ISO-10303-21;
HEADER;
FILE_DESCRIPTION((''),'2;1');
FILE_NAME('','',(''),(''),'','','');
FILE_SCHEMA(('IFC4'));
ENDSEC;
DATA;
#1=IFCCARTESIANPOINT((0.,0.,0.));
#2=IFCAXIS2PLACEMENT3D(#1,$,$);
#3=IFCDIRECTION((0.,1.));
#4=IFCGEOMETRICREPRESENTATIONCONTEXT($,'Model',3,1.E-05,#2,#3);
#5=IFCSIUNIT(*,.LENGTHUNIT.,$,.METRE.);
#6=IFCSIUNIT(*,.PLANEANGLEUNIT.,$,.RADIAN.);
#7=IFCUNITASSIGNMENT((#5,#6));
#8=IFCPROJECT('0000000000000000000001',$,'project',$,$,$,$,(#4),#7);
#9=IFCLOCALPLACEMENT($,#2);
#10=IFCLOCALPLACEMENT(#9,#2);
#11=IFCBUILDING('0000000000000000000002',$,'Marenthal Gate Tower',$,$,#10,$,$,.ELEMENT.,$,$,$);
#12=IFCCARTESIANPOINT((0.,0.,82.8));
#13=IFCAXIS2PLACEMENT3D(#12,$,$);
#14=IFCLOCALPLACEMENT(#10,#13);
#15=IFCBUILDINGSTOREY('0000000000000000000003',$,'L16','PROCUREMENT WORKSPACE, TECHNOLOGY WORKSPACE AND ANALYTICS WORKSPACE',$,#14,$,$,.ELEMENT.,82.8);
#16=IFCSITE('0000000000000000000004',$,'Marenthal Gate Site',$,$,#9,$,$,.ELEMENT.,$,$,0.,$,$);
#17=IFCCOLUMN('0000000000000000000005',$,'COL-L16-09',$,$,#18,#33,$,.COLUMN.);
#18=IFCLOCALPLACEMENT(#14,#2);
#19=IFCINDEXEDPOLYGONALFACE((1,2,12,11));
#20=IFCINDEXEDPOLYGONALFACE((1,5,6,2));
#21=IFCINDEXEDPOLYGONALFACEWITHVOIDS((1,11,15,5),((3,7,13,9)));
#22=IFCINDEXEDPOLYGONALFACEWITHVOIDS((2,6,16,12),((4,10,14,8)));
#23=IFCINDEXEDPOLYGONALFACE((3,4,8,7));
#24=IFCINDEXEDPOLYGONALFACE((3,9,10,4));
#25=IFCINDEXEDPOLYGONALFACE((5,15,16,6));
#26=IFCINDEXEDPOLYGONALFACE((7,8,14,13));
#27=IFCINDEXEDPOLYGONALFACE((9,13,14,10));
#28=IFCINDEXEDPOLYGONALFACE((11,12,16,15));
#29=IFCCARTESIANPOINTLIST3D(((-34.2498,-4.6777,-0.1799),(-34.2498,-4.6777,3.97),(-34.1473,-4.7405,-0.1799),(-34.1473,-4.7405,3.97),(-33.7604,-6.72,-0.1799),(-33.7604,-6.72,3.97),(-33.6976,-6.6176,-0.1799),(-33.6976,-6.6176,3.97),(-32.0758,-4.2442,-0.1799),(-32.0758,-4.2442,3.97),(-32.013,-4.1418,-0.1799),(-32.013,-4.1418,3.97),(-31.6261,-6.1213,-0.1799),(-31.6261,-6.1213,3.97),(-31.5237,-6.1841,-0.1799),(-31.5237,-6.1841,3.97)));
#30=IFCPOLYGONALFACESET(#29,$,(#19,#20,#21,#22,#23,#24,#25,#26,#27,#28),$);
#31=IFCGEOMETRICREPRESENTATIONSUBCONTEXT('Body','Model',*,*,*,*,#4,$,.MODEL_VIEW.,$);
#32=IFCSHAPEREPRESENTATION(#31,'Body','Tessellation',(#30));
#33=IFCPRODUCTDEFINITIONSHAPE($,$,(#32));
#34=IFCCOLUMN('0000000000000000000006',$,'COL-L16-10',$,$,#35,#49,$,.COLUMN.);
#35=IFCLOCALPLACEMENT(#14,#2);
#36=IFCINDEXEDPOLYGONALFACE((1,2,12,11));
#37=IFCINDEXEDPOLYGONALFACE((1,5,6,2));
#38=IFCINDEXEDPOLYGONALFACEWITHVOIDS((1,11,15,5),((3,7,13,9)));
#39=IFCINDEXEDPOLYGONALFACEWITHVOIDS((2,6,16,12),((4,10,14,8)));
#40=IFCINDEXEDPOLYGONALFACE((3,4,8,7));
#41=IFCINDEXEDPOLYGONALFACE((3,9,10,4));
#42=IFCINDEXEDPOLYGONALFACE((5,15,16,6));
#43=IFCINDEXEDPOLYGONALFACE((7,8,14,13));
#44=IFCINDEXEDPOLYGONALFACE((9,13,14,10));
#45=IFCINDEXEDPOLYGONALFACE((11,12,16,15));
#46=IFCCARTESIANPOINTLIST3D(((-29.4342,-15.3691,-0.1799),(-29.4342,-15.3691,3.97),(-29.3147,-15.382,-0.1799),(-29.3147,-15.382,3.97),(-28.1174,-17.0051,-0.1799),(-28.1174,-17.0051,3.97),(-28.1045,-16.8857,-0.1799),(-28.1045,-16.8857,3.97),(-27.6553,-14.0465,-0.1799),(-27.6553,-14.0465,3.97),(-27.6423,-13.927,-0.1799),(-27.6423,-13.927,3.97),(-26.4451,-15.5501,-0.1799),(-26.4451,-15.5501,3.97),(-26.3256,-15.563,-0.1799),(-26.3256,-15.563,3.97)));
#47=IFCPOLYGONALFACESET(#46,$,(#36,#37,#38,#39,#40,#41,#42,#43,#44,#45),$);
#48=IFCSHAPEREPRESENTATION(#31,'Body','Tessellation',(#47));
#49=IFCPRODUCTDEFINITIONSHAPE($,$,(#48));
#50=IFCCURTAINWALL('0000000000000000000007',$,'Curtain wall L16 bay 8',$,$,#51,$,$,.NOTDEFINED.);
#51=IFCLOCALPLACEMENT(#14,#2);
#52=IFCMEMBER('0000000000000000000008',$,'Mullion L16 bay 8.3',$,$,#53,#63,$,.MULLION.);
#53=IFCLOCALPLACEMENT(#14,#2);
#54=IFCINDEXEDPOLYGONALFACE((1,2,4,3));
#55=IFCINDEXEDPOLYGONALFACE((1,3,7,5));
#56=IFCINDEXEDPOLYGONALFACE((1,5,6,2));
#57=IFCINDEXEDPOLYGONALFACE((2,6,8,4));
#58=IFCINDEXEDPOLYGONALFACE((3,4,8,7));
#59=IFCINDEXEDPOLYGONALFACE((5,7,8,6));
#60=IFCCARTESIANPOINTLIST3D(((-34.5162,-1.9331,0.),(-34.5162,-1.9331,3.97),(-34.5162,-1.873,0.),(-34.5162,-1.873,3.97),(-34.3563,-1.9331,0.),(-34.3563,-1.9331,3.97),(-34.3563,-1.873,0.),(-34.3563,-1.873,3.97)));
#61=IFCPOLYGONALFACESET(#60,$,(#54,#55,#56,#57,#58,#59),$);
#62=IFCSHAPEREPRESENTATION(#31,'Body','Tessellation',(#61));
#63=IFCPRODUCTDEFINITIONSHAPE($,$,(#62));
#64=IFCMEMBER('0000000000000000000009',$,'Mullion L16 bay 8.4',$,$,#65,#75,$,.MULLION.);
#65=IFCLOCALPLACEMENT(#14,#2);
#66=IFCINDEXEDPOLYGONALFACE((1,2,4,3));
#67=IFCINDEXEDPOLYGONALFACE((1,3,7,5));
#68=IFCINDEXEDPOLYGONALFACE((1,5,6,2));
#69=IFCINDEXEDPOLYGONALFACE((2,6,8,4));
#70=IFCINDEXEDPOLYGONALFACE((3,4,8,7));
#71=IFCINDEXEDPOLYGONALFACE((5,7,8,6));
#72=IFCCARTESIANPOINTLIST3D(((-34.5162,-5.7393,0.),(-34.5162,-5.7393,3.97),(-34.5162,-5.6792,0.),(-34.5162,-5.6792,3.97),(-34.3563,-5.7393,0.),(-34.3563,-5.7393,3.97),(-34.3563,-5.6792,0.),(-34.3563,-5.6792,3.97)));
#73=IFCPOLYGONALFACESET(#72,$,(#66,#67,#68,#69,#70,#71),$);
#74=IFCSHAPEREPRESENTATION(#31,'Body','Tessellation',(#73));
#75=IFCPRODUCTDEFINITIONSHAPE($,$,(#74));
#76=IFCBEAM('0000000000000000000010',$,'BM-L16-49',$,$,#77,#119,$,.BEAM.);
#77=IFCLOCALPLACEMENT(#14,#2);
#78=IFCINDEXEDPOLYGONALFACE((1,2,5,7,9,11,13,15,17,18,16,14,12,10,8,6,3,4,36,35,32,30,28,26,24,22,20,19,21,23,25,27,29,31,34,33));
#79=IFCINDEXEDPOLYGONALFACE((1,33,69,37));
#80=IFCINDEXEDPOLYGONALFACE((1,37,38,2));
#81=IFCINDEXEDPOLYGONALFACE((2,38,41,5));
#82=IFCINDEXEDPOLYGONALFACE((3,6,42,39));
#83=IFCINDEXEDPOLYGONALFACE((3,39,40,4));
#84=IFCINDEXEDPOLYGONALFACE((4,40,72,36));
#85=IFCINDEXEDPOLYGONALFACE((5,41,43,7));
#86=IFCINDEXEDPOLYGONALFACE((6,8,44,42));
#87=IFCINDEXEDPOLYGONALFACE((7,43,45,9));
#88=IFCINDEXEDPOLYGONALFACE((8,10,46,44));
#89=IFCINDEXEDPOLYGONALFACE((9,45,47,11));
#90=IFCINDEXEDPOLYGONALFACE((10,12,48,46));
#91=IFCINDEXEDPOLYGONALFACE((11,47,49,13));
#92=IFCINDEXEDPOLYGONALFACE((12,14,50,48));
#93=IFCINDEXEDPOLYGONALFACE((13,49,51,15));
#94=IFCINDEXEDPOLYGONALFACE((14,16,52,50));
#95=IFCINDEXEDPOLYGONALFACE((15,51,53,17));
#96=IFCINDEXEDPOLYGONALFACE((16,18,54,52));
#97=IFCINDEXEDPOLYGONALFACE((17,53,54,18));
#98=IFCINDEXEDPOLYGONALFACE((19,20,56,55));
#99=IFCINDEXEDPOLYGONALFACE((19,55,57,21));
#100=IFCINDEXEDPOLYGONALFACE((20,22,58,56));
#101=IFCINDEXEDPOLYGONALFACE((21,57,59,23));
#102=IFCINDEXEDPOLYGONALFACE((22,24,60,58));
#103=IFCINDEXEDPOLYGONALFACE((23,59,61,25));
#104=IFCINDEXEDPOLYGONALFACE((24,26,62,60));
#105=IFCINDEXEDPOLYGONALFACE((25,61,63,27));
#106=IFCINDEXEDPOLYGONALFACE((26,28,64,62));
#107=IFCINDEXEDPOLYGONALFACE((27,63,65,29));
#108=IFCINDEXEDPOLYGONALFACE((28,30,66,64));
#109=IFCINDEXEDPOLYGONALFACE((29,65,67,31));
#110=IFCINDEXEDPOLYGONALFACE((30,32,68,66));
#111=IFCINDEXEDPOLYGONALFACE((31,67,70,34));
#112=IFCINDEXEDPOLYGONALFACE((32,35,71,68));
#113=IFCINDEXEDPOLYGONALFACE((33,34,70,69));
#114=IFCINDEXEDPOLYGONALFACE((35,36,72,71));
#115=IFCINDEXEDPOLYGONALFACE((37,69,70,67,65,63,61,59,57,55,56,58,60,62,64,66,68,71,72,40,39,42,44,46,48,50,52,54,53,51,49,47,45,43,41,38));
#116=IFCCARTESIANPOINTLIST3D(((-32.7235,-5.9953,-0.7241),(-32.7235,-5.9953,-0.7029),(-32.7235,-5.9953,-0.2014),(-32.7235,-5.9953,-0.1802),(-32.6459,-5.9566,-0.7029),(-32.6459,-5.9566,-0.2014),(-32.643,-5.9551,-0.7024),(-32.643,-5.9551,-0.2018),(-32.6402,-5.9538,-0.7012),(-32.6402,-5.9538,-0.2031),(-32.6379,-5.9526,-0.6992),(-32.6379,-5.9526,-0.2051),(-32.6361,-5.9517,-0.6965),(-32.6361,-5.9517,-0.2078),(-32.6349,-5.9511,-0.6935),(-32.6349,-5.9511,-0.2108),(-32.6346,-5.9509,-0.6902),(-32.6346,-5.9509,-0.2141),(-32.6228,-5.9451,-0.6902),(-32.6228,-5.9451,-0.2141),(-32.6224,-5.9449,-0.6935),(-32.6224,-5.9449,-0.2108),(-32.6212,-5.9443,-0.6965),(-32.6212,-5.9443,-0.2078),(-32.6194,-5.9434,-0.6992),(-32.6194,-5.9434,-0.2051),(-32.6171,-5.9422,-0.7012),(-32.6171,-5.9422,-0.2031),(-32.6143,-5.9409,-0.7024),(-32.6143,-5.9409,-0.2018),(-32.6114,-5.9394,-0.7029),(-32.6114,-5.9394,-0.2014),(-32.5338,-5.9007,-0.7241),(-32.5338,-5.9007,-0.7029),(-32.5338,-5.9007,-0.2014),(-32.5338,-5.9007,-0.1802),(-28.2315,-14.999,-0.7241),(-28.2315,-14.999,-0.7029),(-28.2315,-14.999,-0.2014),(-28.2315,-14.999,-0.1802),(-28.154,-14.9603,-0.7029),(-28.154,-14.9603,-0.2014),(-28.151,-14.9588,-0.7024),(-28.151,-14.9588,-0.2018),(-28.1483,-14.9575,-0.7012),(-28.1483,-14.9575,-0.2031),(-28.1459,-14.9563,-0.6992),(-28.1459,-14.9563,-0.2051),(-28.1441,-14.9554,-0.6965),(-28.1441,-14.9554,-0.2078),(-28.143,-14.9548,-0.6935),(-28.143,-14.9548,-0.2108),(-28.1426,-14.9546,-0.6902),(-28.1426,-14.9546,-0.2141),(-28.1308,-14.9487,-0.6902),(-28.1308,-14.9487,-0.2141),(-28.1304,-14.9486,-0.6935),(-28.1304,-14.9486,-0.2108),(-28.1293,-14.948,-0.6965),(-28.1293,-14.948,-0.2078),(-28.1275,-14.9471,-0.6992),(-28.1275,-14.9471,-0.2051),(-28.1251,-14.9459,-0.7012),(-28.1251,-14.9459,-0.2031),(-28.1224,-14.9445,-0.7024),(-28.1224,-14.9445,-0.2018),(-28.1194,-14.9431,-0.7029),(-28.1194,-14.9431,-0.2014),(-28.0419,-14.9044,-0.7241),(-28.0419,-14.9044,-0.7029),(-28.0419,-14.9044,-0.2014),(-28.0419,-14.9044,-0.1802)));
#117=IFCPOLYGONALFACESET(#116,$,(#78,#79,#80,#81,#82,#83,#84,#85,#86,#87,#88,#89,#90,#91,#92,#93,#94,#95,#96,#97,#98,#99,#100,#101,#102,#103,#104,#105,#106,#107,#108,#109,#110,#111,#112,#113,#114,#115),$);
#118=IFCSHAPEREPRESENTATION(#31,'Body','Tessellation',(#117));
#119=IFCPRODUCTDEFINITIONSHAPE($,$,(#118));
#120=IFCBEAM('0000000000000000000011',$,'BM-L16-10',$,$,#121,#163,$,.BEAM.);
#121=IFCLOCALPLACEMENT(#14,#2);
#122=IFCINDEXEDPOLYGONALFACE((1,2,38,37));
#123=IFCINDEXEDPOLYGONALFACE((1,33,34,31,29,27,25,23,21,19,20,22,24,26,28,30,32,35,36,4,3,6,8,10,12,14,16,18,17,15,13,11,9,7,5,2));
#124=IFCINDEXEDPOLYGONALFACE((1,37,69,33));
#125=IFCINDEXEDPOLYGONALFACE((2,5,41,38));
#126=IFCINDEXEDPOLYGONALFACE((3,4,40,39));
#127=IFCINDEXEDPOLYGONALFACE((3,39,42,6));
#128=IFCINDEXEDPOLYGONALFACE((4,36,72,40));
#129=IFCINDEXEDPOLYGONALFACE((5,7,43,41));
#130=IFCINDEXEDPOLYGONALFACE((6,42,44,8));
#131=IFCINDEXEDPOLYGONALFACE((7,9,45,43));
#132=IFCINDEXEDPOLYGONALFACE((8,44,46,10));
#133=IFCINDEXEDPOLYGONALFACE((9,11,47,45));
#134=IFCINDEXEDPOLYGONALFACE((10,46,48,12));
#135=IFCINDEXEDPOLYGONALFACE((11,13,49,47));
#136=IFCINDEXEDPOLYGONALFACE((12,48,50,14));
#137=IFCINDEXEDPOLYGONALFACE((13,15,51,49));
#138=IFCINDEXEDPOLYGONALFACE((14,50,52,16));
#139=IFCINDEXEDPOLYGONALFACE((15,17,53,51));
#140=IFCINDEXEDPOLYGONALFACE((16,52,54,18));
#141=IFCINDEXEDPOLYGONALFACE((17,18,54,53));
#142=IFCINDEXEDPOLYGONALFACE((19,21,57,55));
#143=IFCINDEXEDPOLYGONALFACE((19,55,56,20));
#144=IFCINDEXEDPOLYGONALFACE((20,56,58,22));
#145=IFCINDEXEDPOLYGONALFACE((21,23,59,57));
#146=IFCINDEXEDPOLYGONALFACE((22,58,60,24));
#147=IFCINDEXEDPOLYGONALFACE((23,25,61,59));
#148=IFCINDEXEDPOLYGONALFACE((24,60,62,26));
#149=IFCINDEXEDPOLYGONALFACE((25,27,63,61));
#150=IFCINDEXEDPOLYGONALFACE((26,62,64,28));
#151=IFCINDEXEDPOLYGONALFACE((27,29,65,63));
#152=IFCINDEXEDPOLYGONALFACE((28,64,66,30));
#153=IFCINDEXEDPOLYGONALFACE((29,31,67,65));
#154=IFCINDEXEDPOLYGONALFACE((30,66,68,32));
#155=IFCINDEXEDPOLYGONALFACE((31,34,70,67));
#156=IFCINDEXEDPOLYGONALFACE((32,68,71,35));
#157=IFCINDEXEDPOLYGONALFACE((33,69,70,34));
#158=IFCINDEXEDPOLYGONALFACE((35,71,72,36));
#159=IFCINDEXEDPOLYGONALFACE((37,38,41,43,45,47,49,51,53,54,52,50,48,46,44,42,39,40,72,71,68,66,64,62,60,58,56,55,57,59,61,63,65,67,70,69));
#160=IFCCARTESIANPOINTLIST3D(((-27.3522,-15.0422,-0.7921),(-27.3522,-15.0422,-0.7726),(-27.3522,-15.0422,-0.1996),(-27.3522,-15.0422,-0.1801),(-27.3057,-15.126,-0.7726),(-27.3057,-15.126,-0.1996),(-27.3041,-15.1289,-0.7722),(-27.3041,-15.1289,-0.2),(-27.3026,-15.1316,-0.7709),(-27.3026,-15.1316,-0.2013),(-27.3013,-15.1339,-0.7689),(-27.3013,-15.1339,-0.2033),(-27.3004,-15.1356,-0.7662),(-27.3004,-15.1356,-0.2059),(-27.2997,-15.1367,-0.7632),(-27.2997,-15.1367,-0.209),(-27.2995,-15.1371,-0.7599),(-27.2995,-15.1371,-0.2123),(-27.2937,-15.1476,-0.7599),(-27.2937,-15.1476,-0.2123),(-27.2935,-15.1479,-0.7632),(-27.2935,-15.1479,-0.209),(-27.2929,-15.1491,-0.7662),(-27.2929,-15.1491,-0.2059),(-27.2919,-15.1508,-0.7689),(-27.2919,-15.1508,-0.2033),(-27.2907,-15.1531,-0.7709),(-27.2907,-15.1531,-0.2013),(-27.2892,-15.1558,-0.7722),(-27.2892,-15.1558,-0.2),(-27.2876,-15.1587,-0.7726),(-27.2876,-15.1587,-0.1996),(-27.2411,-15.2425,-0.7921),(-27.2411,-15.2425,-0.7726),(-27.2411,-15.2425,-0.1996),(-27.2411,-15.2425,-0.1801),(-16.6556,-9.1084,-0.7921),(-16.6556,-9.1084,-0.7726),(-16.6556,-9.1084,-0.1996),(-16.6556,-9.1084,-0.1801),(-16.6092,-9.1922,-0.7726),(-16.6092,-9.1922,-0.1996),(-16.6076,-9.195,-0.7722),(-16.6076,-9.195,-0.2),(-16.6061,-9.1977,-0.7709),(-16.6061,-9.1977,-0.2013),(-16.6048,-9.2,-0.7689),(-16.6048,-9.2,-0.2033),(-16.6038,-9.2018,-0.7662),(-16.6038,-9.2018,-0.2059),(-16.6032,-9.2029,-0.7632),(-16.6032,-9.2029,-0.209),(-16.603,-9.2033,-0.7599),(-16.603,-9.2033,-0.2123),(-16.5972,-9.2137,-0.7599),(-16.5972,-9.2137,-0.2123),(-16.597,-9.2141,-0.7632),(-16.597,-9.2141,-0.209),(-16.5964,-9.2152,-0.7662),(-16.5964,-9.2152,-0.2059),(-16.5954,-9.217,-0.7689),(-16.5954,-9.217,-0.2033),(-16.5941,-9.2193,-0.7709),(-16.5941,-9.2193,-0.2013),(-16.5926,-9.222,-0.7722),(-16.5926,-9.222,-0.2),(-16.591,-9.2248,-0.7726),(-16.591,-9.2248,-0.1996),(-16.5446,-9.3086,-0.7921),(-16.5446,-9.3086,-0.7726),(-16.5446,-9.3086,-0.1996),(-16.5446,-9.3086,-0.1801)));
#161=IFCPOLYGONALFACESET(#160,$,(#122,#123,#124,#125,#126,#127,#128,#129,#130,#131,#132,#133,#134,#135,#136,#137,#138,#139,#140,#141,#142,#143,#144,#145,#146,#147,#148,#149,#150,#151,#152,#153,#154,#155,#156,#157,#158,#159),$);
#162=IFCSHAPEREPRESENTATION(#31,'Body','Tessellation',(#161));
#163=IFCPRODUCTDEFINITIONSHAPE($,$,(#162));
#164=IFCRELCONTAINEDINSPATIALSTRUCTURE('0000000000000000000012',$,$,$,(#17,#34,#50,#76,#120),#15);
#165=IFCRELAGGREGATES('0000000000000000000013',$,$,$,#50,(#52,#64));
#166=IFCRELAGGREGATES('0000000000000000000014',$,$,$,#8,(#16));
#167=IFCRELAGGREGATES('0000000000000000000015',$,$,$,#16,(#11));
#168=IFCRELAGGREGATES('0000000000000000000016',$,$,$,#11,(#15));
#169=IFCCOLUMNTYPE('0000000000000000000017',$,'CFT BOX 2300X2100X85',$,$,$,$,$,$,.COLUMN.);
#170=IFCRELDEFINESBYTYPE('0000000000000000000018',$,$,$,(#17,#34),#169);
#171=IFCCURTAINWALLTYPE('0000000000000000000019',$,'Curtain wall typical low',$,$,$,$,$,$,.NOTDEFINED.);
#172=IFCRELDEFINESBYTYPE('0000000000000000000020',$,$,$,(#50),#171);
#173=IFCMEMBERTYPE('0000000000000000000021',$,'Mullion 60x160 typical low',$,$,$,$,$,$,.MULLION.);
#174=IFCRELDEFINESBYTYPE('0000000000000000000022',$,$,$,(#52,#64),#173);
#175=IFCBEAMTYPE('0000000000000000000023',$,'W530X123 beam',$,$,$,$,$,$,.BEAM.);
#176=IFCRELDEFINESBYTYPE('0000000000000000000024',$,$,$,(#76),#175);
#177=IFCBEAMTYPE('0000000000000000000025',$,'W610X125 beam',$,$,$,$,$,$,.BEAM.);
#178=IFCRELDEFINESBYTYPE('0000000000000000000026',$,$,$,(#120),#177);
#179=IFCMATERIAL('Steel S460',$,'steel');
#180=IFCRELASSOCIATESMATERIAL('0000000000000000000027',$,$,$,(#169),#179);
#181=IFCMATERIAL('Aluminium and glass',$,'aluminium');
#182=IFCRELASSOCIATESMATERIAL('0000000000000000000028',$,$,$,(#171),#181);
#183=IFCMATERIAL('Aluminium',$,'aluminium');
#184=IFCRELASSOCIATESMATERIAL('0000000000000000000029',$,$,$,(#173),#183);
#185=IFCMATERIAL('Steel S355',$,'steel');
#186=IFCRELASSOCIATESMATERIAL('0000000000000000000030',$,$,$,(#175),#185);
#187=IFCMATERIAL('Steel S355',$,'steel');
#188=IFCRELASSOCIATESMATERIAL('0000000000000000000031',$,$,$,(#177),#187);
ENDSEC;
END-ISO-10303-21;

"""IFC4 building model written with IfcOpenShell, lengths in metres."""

from ifc_helpers import new_model, si_unit, direction, frame, origin, origin_2d, place, context, subcontext, project, spatial, rectangle, hollow_rectangle, i_section, extrude, material, material_profile, profile_set, type_object, element, aggregate, save


model = new_model("IFC4")

# Units and contexts
model_context = context("Model", 3, precision=1e-05, world=origin(), true_north=direction((0.0, 1.0)))
body_context = subcontext(model_context, "Body", "Model", "MODEL_VIEW")
ifc_project = project(units=[si_unit("LENGTHUNIT", "METRE"), si_unit("PLANEANGLEUNIT", "RADIAN")], contexts=[model_context])

# Site, building, storey
site_placement = place(None, origin())
site = spatial("IfcSite", under=ifc_project, at=site_placement, Name="Marenthal Gate Site", CompositionType="ELEMENT", RefElevation=0.0)
building_placement = place(site_placement, origin())
building = spatial("IfcBuilding", under=site, at=building_placement, Name="Marenthal Gate Tower", CompositionType="ELEMENT")
storey_placement = place(building_placement, frame((0.0, 0.0, 82.8)))
storey = spatial("IfcBuildingStorey", under=building, at=storey_placement, Name="L16", Description="PROCUREMENT WORKSPACE, TECHNOLOGY WORKSPACE AND ANALYTICS WORKSPACE", CompositionType="ELEMENT", Elevation=82.8)

# Columns
ifc_material_1 = material(Name="Steel S460", Category="steel")
ifc_material_profile_1 = material_profile(ifc_material_1, hollow_rectangle(XDim=2.1001, YDim=2.3, WallThickness=0.085, at=origin_2d()), Name="CFT BOX 2300X2100X85")
ifc_material_2 = material(Name="Concrete 70 MPa", Category="concrete")
ifc_material_profile_2 = material_profile(ifc_material_2, rectangle(XDim=1.9299, YDim=2.1299, at=origin_2d()), Name="CFT BOX 2300X2100X85 INFILL")
ifc_profile_set_1 = profile_set([ifc_material_profile_1, ifc_material_profile_2], Name="Steel S460 shell, Concrete 70 MPa infill")
column_type = type_object("IfcColumnType", Name="CFT BOX 2300X2100X85", PredefinedType="COLUMN", material=ifc_profile_set_1)
for number, where, z_axis, x_axis, name in (
    (1, (-32.8867, -5.4309, -0.1799), (0.0, 0.0, 1.0), (-0.232997, 0.972477, 0.0), "COL-L16-09"),
    (2, (-27.8799, -15.4661, -0.1799), (0.0, 0.0, 1.0), (-0.626985, 0.779032, 0.0), "COL-L16-10"),
):
    element("IfcColumn", number, at=place(storey_placement, frame(where, z_axis=z_axis, x_axis=x_axis)), inside=storey, type_object=column_type, Name=name, PredefinedType="COLUMN", context=body_context, shape_type="SweptSolid", body=[
        extrude(hollow_rectangle(XDim=2.1001, YDim=2.3, WallThickness=0.085, at=origin_2d()), origin(), (0.0, 0.0, 1.0), 4.1499),
    ])

# Curtain wall, members
ifc_material_3 = material(Name="Aluminium and glass", Category="aluminium")
curtain_wall_type = type_object("IfcCurtainWallType", Name="Curtain wall typical low", PredefinedType="NOTDEFINED", material=ifc_material_3)
curtain_wall_placement = place(storey_placement, origin())
curtain_wall = element("IfcCurtainWall", 3, at=curtain_wall_placement, inside=storey, type_object=curtain_wall_type, Name="Curtain wall L16 bay 8", PredefinedType="NOTDEFINED")
ifc_material_4 = material(Name="Aluminium", Category="aluminium")
ifc_material_profile_3 = material_profile(ifc_material_4, rectangle(XDim=0.1599, YDim=0.0601, at=origin_2d()), Name="60x160 aluminium mullion")
ifc_profile_set_2 = profile_set([ifc_material_profile_3], Name="Aluminium")
member_type = type_object("IfcMemberType", Name="Mullion 60x160 typical low", PredefinedType="MULLION", material=ifc_profile_set_2)
member_1_placement = place(storey_placement, frame((-34.4363, -1.9031, 0.0), z_axis=(0.0, 0.0, 1.0), x_axis=(1.0, 0.0, 0.0)))
member_1 = element("IfcMember", 4, at=member_1_placement, type_object=member_type, Name="Mullion L16 bay 8.3", PredefinedType="MULLION", context=body_context, shape_type="SweptSolid", body=[
    extrude(rectangle(XDim=0.1599, YDim=0.0601, at=origin_2d()), origin(), (0.0, 0.0, 1.0), 3.97),
])
member_2_placement = place(storey_placement, frame((-34.4363, -5.7092, 0.0), z_axis=(0.0, 0.0, 1.0), x_axis=(1.0, 0.0, 0.0)))
member_2 = element("IfcMember", 5, at=member_2_placement, type_object=member_type, Name="Mullion L16 bay 8.4", PredefinedType="MULLION", context=body_context, shape_type="SweptSolid", body=[
    extrude(rectangle(XDim=0.1599, YDim=0.0601, at=origin_2d()), origin(), (0.0, 0.0, 1.0), 3.97),
])

# Beams
ifc_material_5 = material(Name="Steel S355", Category="steel")
ifc_material_profile_4 = material_profile(ifc_material_5, i_section(OverallWidth=0.2119, OverallDepth=0.5439, WebThickness=0.0132, FlangeThickness=0.0212, FilletRadius=0.0127, at=origin_2d()), Name="W530X123")
ifc_profile_set_3 = profile_set([ifc_material_profile_4], Name="Steel S355")
beam_type_1 = type_object("IfcBeamType", Name="W530X123 beam", PredefinedType="BEAM", material=ifc_profile_set_3)
beam_1_placement = place(storey_placement, frame((-32.6287, -5.948, -0.4521), z_axis=(0.446427, -0.89482, 0.0), x_axis=(0.89482, 0.446427, 0.0)))
element("IfcBeam", 6, at=beam_1_placement, inside=storey, type_object=beam_type_1, Name="BM-L16-49", PredefinedType="BEAM", context=body_context, shape_type="SweptSolid", body=[
    extrude(i_section(OverallWidth=0.2119, OverallDepth=0.5439, WebThickness=0.0132, FlangeThickness=0.0212, FilletRadius=0.0127, at=origin_2d()), origin(), (0.0, 0.0, 1.0), 10.062),
])
ifc_material_6 = material(Name="Steel S355", Category="steel")
ifc_material_profile_5 = material_profile(ifc_material_6, i_section(OverallWidth=0.229, OverallDepth=0.6121, WebThickness=0.012, FlangeThickness=0.0195, FilletRadius=0.0127, at=origin_2d()), Name="W610X125")
ifc_profile_set_4 = profile_set([ifc_material_profile_5], Name="Steel S355")
beam_type_2 = type_object("IfcBeamType", Name="W610X125 beam", PredefinedType="BEAM", material=ifc_profile_set_4)
beam_2_placement = place(storey_placement, frame((-27.2966, -15.1423, -0.4861), z_axis=(0.874458, 0.485101, 0.0), x_axis=(-0.485101, 0.874458, 0.0)))
element("IfcBeam", 7, at=beam_2_placement, inside=storey, type_object=beam_type_2, Name="BM-L16-10", PredefinedType="BEAM", context=body_context, shape_type="SweptSolid", body=[
    extrude(i_section(OverallWidth=0.229, OverallDepth=0.6121, WebThickness=0.012, FlangeThickness=0.0195, FilletRadius=0.0127, at=origin_2d()), origin(), (0.0, 0.0, 1.0), 12.2322),
])

aggregate(curtain_wall, [member_1, member_2])

save(model, "model.ifc")
